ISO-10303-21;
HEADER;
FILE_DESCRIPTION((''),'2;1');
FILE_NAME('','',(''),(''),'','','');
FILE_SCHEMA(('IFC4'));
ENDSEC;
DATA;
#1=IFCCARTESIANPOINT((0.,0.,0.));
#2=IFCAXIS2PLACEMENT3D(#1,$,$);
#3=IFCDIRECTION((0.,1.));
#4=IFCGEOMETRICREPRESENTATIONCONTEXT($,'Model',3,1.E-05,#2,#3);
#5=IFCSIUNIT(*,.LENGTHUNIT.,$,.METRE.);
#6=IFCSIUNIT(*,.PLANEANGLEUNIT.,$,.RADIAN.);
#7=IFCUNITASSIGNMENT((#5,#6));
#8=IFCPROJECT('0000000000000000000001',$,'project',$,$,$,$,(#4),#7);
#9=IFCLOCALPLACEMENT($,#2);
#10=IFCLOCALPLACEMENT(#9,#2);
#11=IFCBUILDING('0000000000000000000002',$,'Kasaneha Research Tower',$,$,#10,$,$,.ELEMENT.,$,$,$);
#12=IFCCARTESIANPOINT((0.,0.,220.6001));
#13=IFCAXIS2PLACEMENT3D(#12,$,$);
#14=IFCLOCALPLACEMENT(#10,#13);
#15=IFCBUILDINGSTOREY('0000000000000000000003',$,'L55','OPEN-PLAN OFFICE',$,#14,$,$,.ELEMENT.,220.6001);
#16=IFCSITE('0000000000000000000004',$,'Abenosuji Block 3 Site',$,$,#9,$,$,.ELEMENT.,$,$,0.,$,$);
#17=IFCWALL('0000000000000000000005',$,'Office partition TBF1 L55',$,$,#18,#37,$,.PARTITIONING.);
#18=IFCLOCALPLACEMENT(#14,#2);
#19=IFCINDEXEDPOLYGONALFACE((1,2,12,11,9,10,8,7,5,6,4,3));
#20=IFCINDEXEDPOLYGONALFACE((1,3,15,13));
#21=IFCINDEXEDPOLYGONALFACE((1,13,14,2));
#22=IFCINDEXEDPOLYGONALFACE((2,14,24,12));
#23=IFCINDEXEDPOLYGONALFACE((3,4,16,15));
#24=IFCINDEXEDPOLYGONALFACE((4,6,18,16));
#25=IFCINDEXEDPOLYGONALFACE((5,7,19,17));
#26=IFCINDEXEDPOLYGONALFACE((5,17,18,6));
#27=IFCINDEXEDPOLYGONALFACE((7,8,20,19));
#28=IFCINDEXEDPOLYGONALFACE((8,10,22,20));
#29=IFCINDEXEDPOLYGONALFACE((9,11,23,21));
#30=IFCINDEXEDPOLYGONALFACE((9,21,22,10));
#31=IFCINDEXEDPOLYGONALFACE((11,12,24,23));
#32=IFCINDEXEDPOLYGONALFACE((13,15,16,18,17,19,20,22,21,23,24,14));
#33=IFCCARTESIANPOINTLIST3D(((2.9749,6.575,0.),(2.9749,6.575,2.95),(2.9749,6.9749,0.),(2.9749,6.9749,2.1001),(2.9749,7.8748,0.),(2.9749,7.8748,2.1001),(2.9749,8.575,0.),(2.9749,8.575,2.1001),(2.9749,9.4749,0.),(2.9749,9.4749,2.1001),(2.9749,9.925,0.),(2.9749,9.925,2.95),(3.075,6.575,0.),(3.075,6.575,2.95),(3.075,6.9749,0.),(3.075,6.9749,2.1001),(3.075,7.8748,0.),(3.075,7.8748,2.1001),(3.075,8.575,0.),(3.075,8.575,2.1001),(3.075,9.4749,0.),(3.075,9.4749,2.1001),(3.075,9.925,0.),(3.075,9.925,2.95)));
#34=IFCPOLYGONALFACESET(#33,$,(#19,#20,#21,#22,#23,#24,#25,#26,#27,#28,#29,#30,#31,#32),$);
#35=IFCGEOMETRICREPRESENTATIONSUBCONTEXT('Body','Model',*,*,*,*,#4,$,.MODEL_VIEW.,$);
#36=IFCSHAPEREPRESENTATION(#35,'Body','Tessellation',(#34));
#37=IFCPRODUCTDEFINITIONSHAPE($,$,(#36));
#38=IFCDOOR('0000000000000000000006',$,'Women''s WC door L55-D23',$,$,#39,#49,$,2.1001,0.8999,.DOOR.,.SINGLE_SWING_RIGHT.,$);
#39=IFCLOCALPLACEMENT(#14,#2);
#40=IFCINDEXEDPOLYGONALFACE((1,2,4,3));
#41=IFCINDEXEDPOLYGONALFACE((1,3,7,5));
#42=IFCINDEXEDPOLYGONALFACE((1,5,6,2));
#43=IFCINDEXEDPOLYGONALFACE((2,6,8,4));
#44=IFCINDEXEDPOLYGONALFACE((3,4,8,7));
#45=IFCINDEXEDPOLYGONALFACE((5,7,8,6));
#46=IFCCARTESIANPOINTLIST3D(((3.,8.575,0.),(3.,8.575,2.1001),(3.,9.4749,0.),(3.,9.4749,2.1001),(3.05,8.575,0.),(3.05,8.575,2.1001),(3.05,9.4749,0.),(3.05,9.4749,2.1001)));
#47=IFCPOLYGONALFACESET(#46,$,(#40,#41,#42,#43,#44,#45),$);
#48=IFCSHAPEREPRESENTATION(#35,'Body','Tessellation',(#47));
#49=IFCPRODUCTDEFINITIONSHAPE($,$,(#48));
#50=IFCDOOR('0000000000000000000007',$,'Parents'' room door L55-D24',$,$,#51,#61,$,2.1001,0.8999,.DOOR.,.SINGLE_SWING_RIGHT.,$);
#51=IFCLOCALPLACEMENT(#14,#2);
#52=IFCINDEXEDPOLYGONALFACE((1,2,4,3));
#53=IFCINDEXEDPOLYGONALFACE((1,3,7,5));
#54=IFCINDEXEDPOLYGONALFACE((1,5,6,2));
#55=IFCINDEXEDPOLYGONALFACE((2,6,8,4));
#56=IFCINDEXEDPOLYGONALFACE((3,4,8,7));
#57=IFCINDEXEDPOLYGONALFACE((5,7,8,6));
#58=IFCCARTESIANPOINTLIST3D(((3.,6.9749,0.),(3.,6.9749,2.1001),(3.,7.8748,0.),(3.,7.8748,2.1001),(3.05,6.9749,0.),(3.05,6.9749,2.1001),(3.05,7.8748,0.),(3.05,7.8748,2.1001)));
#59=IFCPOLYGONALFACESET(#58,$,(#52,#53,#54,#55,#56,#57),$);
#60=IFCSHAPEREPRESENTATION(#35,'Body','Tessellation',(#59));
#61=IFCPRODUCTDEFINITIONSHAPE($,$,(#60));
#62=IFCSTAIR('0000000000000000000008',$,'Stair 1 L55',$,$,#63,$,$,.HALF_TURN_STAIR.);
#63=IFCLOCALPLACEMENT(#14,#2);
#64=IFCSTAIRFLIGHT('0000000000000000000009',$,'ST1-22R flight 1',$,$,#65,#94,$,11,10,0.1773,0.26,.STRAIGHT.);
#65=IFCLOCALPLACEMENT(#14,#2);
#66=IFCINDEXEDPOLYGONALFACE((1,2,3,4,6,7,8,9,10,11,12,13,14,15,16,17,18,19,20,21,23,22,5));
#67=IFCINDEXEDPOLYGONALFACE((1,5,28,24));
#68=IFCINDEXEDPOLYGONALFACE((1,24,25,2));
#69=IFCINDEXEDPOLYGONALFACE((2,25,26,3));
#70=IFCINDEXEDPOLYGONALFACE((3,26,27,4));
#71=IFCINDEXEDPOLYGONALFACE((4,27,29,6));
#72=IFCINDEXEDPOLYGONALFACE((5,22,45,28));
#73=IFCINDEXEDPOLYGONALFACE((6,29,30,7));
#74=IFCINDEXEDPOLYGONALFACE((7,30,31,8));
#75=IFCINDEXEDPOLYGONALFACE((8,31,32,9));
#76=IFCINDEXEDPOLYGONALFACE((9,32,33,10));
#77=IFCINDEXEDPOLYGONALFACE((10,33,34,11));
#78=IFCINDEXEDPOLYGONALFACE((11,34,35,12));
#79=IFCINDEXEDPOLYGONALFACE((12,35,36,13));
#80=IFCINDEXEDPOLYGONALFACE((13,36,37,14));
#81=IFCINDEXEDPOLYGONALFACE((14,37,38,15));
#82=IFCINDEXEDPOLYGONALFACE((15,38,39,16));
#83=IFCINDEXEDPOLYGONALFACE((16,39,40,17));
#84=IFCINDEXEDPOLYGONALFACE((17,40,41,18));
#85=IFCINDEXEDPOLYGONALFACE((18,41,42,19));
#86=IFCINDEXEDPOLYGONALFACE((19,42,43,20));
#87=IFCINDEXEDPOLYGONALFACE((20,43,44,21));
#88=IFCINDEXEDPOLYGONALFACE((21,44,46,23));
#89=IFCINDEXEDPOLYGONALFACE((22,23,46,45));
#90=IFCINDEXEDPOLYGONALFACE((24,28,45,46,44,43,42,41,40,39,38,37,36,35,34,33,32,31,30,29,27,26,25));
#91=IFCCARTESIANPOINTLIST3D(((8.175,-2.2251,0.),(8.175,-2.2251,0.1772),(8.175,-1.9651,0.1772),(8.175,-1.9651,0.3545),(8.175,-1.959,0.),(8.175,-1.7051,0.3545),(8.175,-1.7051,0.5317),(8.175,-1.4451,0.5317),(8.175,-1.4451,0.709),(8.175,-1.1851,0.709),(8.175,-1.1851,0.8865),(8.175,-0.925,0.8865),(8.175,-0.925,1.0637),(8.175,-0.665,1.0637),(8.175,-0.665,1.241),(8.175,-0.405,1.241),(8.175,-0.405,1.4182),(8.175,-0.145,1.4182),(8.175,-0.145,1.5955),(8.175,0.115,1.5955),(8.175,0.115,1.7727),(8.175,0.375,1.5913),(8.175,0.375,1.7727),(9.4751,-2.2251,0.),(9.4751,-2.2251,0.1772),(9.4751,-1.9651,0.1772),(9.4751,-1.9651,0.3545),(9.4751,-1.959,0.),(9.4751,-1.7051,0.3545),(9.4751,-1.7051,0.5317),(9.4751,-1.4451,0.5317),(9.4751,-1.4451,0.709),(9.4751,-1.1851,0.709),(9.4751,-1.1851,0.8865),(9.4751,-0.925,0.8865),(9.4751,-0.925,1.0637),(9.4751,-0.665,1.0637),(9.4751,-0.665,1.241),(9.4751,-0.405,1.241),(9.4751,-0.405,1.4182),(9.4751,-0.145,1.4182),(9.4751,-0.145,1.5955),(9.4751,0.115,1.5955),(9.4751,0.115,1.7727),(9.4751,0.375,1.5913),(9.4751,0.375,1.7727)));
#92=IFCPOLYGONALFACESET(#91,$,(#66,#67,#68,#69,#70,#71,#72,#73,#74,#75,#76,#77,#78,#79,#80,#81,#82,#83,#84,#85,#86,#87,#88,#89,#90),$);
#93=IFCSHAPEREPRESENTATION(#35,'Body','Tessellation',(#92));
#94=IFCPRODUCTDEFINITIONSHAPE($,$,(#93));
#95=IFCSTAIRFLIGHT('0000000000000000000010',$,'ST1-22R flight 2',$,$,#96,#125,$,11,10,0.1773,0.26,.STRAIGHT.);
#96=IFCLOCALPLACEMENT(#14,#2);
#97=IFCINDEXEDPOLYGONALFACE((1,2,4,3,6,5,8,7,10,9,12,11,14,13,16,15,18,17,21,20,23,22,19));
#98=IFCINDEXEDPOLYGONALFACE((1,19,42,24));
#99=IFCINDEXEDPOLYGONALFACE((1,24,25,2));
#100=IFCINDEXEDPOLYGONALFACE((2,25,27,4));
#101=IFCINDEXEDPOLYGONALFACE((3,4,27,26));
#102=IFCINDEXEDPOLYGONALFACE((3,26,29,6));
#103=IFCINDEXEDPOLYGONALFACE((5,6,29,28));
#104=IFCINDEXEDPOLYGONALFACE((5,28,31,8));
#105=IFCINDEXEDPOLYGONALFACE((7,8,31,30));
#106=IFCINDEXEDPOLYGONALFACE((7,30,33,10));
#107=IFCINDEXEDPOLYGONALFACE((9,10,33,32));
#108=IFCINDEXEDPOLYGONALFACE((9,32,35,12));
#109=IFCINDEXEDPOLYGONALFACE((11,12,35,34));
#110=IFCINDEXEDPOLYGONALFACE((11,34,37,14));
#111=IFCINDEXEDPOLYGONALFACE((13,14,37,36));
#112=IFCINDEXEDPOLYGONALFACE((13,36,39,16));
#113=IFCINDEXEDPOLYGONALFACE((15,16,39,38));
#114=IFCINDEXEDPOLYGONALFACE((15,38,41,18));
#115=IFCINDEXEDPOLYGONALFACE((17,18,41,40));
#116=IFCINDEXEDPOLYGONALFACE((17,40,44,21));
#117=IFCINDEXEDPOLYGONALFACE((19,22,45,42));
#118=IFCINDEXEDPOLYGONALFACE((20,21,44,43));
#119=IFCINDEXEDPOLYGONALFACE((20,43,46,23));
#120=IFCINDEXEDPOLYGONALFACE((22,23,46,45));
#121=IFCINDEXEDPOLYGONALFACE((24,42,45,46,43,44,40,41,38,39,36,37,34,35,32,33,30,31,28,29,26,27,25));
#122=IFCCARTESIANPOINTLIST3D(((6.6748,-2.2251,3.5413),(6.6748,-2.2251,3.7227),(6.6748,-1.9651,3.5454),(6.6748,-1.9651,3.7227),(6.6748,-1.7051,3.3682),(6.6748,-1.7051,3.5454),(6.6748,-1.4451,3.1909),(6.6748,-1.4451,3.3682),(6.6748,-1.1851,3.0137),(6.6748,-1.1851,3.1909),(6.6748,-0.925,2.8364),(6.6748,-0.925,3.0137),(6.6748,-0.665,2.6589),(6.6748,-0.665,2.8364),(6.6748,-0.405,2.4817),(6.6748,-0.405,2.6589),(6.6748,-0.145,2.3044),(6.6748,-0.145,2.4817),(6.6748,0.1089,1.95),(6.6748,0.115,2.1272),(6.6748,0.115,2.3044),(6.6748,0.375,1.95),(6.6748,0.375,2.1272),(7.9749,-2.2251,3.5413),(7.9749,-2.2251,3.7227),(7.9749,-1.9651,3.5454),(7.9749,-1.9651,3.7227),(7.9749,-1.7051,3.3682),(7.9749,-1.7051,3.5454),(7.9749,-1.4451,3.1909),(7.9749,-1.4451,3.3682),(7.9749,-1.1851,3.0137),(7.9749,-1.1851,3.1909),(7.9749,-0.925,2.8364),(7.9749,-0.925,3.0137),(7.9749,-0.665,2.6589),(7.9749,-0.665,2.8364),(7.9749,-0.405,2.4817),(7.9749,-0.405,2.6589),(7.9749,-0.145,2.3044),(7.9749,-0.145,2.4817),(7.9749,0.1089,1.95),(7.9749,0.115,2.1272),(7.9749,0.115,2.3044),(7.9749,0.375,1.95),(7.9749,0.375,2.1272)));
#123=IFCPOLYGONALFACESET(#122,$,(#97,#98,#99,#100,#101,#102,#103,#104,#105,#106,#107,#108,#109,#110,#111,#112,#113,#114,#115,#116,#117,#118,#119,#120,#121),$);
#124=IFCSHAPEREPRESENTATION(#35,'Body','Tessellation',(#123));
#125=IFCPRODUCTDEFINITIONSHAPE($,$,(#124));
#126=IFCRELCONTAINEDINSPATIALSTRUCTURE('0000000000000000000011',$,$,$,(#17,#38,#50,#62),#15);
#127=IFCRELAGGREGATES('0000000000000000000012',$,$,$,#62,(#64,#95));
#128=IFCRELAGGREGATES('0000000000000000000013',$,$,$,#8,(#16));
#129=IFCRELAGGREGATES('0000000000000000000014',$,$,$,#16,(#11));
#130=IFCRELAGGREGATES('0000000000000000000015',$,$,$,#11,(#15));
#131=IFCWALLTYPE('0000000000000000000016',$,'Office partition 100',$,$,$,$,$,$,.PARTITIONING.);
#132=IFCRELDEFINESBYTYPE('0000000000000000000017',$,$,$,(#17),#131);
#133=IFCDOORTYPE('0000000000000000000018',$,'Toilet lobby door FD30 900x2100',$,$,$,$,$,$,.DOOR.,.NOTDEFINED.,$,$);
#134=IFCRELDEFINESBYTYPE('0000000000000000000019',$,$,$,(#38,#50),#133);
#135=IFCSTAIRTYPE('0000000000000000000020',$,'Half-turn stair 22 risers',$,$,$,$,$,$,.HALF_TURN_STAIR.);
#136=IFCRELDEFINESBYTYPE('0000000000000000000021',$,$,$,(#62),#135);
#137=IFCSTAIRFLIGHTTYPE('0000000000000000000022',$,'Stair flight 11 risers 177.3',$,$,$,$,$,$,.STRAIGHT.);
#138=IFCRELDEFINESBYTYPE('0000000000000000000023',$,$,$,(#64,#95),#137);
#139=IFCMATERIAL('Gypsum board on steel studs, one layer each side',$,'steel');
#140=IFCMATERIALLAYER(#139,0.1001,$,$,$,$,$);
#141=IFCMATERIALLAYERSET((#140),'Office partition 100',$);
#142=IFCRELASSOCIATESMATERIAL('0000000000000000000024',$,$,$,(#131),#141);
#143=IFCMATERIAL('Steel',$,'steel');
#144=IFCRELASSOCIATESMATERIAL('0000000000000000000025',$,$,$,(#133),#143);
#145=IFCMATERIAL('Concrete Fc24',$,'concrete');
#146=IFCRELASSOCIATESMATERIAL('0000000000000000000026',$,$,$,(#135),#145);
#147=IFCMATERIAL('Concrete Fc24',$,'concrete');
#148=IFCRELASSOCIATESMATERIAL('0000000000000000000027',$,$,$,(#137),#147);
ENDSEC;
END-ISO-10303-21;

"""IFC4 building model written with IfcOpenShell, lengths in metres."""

from ifc_helpers import new_model, si_unit, direction, frame, frame_2d, origin, place, context, subcontext, project, spatial, polyline, rectangle, outline, extrude, material, layer, layer_set, type_object, element, fill, aggregate, save


model = new_model("IFC4")

# Units and contexts
model_context = context("Model", 3, precision=1e-05, world=origin(), true_north=direction((0.0, 1.0)))
body_context = subcontext(model_context, "Body", "Model", "MODEL_VIEW")
ifc_project = project(units=[si_unit("LENGTHUNIT", "METRE"), si_unit("PLANEANGLEUNIT", "RADIAN")], contexts=[model_context])

# Site, building, storey
site_placement = place(None, origin())
site = spatial("IfcSite", under=ifc_project, at=site_placement, Name="Abenosuji Block 3 Site", CompositionType="ELEMENT", RefElevation=0.0)
building_placement = place(site_placement, origin())
building = spatial("IfcBuilding", under=site, at=building_placement, Name="Kasaneha Research Tower", CompositionType="ELEMENT")
storey_placement = place(building_placement, frame((0.0, 0.0, 220.6001)))
storey = spatial("IfcBuildingStorey", under=building, at=storey_placement, Name="L55", Description="OPEN-PLAN OFFICE", CompositionType="ELEMENT", Elevation=220.6001)

# Wall, openings, doors
ifc_material_1 = material(Name="Gypsum board on steel studs, one layer each side", Category="steel")
ifc_layer_1 = layer(ifc_material_1, 0.1001)
ifc_layer_set_1 = layer_set([ifc_layer_1], Name="Office partition 100")
wall_type_1 = type_object("IfcWallType", Name="Office partition 100", PredefinedType="PARTITIONING", material=ifc_layer_set_1)
wall_1_placement = place(storey_placement, frame((3.0249, 6.575, 0.0), z_axis=(0.0, 0.0, 1.0), x_axis=(0.0, 1.0, 0.0)))
wall_1 = element("IfcWall", 1, at=wall_1_placement, inside=storey, type_object=wall_type_1, Name="Office partition TBF1 L55", PredefinedType="PARTITIONING", context=body_context, shape_type="SweptSolid", body=[
    extrude(rectangle(XDim=3.3501, YDim=0.1001, at=frame_2d((1.675, 0.0))), origin(), (0.0, 0.0, 1.0), 2.95),
])
opening_1_placement = place(wall_1_placement, frame((2.0, 0.0, 0.0)))
opening_1 = element("IfcOpeningElement", 2, at=opening_1_placement, cuts=wall_1, PredefinedType="OPENING", context=body_context, shape_type="SweptSolid", body=[
    extrude(rectangle(XDim=0.8999, YDim=2.1001, at=frame_2d((0.45, 1.05))), frame((0.0, 0.0601, 0.0), z_axis=(0.0, -1.0, 0.0), x_axis=(1.0, 0.0, 0.0)), (0.0, 0.0, 1.0), 0.1201),
])
opening_2_placement = place(wall_1_placement, frame((0.3999, 0.0, 0.0)))
opening_2 = element("IfcOpeningElement", 3, at=opening_2_placement, cuts=wall_1, PredefinedType="OPENING", context=body_context, shape_type="SweptSolid", body=[
    extrude(rectangle(XDim=0.8999, YDim=2.1001, at=frame_2d((0.45, 1.05))), frame((0.0, 0.0601, 0.0), z_axis=(0.0, -1.0, 0.0), x_axis=(1.0, 0.0, 0.0)), (0.0, 0.0, 1.0), 0.1201),
])
ifc_material_2 = material(Name="Steel", Category="steel")
door_type_1 = type_object("IfcDoorType", Name="Toilet lobby door FD30 900x2100", OperationType="NOTDEFINED", PredefinedType="DOOR", material=ifc_material_2)
door_1_placement = place(opening_1_placement, origin())
door_1 = element("IfcDoor", 4, at=door_1_placement, inside=storey, type_object=door_type_1, Name="Women's WC door L55-D23", OperationType="SINGLE_SWING_RIGHT", OverallHeight=2.1001, OverallWidth=0.8999, PredefinedType="DOOR", context=body_context, shape_type="SweptSolid", body=[
    extrude(rectangle(XDim=0.8999, YDim=2.1001, at=frame_2d((0.45, 1.05))), frame((0.0, 0.0249, 0.0), z_axis=(0.0, -1.0, 0.0), x_axis=(1.0, 0.0, 0.0)), (0.0, 0.0, 1.0), 0.05),
])
fill(opening_1, door_1)
door_2_placement = place(opening_2_placement, origin())
door_2 = element("IfcDoor", 5, at=door_2_placement, inside=storey, type_object=door_type_1, Name="Parents' room door L55-D24", OperationType="SINGLE_SWING_RIGHT", OverallHeight=2.1001, OverallWidth=0.8999, PredefinedType="DOOR", context=body_context, shape_type="SweptSolid", body=[
    extrude(rectangle(XDim=0.8999, YDim=2.1001, at=frame_2d((0.45, 1.05))), frame((0.0, 0.0249, 0.0), z_axis=(0.0, -1.0, 0.0), x_axis=(1.0, 0.0, 0.0)), (0.0, 0.0, 1.0), 0.05),
])
fill(opening_2, door_2)

# Stair, stair flights
ifc_material_3 = material(Name="Concrete Fc24", Category="concrete")
stair_type = type_object("IfcStairType", Name="Half-turn stair 22 risers", PredefinedType="HALF_TURN_STAIR", material=ifc_material_3)
stair_placement = place(storey_placement, origin())
stair = element("IfcStair", 6, at=stair_placement, inside=storey, type_object=stair_type, Name="Stair 1 L55", PredefinedType="HALF_TURN_STAIR")
ifc_material_4 = material(Name="Concrete Fc24", Category="concrete")
stair_flight_type = type_object("IfcStairFlightType", Name="Stair flight 11 risers 177.3", PredefinedType="STRAIGHT", material=ifc_material_4)
stair_flight_1_placement = place(storey_placement, frame((8.825, -2.2251, 0.0), z_axis=(0.0, 0.0, 1.0), x_axis=(0.0, 1.0, 0.0)))
stair_flight_1 = element("IfcStairFlight", 7, at=stair_flight_1_placement, type_object=stair_flight_type, Name="ST1-22R flight 1", NumberOfRisers=11, NumberOfTreads=10, PredefinedType="STRAIGHT", RiserHeight=0.1773, TreadLength=0.26, context=body_context, shape_type="SweptSolid", body=[
    extrude(outline(polyline([(0.0, 0.0), (0.0, 0.1772), (0.26, 0.1772), (0.26, 0.3545), (0.52, 0.3545), (0.52, 0.5317), (0.78, 0.5317), (0.78, 0.709), (1.04, 0.709), (1.04, 0.8865), (1.3, 0.8865), (1.3, 1.0637), (1.5601, 1.0637), (1.5601, 1.241), (1.8201, 1.241), (1.8201, 1.4182), (2.0801, 1.4182), (2.0801, 1.5955), (2.3401, 1.5955), (2.3401, 1.7727), (2.6001, 1.7727), (2.6001, 1.95), (2.6001, 1.5913), (0.2661, 0.0), (0.0, 0.0)])), frame((0.0, 0.6499, 0.0), z_axis=(0.0, -1.0, 0.0), x_axis=(1.0, 0.0, 0.0)), (0.0, 0.0, 1.0), 1.3),
])
stair_flight_2_placement = place(storey_placement, frame((7.325, 0.375, 1.95), z_axis=(0.0, 0.0, 1.0), x_axis=(0.0, -1.0, 0.0)))
stair_flight_2 = element("IfcStairFlight", 8, at=stair_flight_2_placement, type_object=stair_flight_type, Name="ST1-22R flight 2", NumberOfRisers=11, NumberOfTreads=10, PredefinedType="STRAIGHT", RiserHeight=0.1773, TreadLength=0.26, context=body_context, shape_type="SweptSolid", body=[
    extrude(outline(polyline([(0.0, 0.0), (0.0, 0.1772), (0.26, 0.1772), (0.26, 0.3545), (0.52, 0.3545), (0.52, 0.5317), (0.78, 0.5317), (0.78, 0.709), (1.04, 0.709), (1.04, 0.8865), (1.3, 0.8865), (1.3, 1.0637), (1.5601, 1.0637), (1.5601, 1.241), (1.8201, 1.241), (1.8201, 1.4182), (2.0801, 1.4182), (2.0801, 1.5955), (2.3401, 1.5955), (2.3401, 1.7727), (2.6001, 1.7727), (2.6001, 1.95), (2.6001, 1.5913), (0.2661, 0.0), (0.0, 0.0)])), frame((0.0, 0.6499, 0.0), z_axis=(0.0, -1.0, 0.0), x_axis=(1.0, 0.0, 0.0)), (0.0, 0.0, 1.0), 1.3),
])
aggregate(stair, [stair_flight_1, stair_flight_2])

save(model, "model.ifc")
